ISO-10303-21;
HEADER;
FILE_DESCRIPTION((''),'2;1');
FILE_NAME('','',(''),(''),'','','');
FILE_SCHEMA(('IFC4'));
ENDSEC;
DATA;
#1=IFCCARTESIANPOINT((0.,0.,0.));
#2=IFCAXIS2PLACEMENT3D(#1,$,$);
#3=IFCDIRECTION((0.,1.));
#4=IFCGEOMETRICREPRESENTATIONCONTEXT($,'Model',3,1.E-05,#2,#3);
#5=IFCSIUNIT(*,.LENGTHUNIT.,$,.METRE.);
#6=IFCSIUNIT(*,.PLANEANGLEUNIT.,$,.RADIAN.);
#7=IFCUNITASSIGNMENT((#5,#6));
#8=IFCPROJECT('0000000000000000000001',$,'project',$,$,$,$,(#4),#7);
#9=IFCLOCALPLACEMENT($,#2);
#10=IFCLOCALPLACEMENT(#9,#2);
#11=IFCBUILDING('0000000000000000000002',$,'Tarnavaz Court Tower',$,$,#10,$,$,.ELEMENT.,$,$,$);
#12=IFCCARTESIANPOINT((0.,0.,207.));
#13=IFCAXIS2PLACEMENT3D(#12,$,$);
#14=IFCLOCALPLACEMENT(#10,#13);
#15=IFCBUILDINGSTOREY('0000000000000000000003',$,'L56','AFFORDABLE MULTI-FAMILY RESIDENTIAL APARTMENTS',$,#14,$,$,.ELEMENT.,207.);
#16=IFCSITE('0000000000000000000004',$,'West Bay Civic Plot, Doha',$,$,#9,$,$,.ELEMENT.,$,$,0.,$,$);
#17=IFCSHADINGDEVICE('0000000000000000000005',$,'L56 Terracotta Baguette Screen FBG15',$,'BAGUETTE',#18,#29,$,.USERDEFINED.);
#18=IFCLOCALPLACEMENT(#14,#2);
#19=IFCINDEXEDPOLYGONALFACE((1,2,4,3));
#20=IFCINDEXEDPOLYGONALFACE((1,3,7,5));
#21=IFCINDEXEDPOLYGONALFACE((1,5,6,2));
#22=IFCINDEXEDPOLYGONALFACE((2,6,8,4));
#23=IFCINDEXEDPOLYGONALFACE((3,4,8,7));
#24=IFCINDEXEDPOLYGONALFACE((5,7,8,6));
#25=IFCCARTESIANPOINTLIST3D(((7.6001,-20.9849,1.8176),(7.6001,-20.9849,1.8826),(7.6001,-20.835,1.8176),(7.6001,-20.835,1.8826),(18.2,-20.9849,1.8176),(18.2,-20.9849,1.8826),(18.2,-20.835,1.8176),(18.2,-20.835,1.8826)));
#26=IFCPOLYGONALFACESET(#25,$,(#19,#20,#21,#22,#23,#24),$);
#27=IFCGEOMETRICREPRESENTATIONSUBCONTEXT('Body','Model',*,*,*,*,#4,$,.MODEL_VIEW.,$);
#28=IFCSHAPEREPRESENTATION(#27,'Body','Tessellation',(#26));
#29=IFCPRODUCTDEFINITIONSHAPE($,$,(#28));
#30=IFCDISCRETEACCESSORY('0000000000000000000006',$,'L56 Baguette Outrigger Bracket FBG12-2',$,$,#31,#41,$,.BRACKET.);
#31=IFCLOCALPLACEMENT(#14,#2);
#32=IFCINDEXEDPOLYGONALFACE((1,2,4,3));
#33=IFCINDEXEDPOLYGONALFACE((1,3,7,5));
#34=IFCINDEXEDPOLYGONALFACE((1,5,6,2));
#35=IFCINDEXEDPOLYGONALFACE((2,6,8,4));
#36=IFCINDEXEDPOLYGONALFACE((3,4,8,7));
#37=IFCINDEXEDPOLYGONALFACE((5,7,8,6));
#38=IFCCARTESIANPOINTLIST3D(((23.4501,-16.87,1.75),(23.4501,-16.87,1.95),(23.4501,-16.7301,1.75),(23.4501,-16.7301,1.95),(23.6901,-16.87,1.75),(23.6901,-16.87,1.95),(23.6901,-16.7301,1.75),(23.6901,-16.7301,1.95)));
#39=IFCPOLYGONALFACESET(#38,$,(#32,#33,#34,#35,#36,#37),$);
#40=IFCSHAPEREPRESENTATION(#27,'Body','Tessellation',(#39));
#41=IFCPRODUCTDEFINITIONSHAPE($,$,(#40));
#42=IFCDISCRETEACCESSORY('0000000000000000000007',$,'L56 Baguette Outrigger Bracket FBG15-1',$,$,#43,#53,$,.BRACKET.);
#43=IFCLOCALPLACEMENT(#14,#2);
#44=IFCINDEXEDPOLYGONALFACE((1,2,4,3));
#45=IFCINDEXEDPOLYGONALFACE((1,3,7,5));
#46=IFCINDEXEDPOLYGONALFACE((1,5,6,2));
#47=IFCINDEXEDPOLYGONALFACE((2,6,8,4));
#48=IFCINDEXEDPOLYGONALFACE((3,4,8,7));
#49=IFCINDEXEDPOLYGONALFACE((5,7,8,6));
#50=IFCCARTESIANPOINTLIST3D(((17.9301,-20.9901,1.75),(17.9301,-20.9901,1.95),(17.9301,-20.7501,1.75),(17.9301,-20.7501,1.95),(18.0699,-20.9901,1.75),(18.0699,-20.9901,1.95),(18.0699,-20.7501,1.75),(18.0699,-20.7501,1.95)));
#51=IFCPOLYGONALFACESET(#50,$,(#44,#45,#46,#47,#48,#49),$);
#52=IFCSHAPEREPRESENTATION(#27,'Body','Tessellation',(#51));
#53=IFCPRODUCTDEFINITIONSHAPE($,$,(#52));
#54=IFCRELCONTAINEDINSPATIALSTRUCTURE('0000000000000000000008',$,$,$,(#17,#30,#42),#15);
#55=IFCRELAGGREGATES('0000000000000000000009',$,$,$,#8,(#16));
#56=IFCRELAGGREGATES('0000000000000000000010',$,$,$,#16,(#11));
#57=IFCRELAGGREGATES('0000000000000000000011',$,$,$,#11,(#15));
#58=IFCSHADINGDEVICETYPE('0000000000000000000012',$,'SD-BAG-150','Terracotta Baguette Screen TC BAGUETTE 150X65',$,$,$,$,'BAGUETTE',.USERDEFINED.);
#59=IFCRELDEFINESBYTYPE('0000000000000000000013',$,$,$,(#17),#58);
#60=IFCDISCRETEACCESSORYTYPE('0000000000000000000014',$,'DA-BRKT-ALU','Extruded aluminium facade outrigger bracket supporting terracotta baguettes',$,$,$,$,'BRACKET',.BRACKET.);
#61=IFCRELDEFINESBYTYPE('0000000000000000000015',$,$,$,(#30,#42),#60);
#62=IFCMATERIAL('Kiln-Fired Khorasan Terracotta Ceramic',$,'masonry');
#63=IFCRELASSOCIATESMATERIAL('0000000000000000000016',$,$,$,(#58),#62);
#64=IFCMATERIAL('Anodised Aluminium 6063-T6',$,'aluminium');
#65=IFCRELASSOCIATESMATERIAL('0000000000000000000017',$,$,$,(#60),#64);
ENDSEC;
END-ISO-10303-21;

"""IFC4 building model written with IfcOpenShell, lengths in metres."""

from ifc_helpers import new_model, si_unit, direction, frame, origin, origin_2d, place, context, subcontext, project, spatial, rectangle, extrude, material, material_profile, profile_set, type_object, element, save


model = new_model("IFC4")

# Units and contexts
model_context = context("Model", 3, precision=1e-05, world=origin(), true_north=direction((0.0, 1.0)))
body_context = subcontext(model_context, "Body", "Model", "MODEL_VIEW")
ifc_project = project(units=[si_unit("LENGTHUNIT", "METRE"), si_unit("PLANEANGLEUNIT", "RADIAN")], contexts=[model_context])

# Site, building, storey
site_placement = place(None, origin())
site = spatial("IfcSite", under=ifc_project, at=site_placement, Name="West Bay Civic Plot, Doha", CompositionType="ELEMENT", RefElevation=0.0)
building_placement = place(site_placement, origin())
building = spatial("IfcBuilding", under=site, at=building_placement, Name="Tarnavaz Court Tower", CompositionType="ELEMENT")
storey_placement = place(building_placement, frame((0.0, 0.0, 207.0)))
storey = spatial("IfcBuildingStorey", under=building, at=storey_placement, Name="L56", Description="AFFORDABLE MULTI-FAMILY RESIDENTIAL APARTMENTS", CompositionType="ELEMENT", Elevation=207.0)

# Shading device
ifc_material_1 = material(Name="Kiln-Fired Khorasan Terracotta Ceramic", Category="masonry")
ifc_material_profile_1 = material_profile(ifc_material_1, rectangle(XDim=0.1499, YDim=0.0649, at=origin_2d()), Name="TC BAGUETTE 150X65")
ifc_profile_set_1 = profile_set([ifc_material_profile_1], Name="Kiln-Fired Khorasan Terracotta Ceramic")
shading_device_type = type_object("IfcShadingDeviceType", Name="SD-BAG-150", Description="Terracotta Baguette Screen TC BAGUETTE 150X65", ElementType="BAGUETTE", PredefinedType="USERDEFINED", material=ifc_profile_set_1)
shading_device_placement = place(storey_placement, frame((18.2, -20.9099, 1.8501), z_axis=(-1.0, 0.0, 0.0), x_axis=(0.0, -1.0, 0.0)))
element("IfcShadingDevice", 1, at=shading_device_placement, inside=storey, type_object=shading_device_type, Name="L56 Terracotta Baguette Screen FBG15", ObjectType="BAGUETTE", PredefinedType="USERDEFINED", context=body_context, shape_type="SweptSolid", body=[
    extrude(rectangle(XDim=0.1499, YDim=0.0649, at=origin_2d()), origin(), (0.0, 0.0, 1.0), 10.5999),
])

# Discrete accessories
ifc_material_2 = material(Name="Anodised Aluminium 6063-T6", Category="aluminium")
discrete_accessory_type = type_object("IfcDiscreteAccessoryType", Name="DA-BRKT-ALU", Description="Extruded aluminium facade outrigger bracket supporting terracotta baguettes", ElementType="BRACKET", PredefinedType="BRACKET", material=ifc_material_2)
for number, where, z_axis, x_axis, name in (
    (2, (23.5701, -16.8, 1.75), (0.0, 0.0, 1.0), (0.0, -1.0, 0.0), "L56 Baguette Outrigger Bracket FBG12-2"),
    (3, (18.0, -20.8701, 1.75), (0.0, 0.0, 1.0), (-1.0, 0.0, 0.0), "L56 Baguette Outrigger Bracket FBG15-1"),
):
    element("IfcDiscreteAccessory", number, at=place(storey_placement, frame(where, z_axis=z_axis, x_axis=x_axis)), inside=storey, type_object=discrete_accessory_type, Name=name, PredefinedType="BRACKET", context=body_context, shape_type="SweptSolid", body=[
        extrude(rectangle(XDim=0.1399, YDim=0.24, at=origin_2d()), origin(), (0.0, 0.0, 1.0), 0.2),
    ])

save(model, "model.ifc")
